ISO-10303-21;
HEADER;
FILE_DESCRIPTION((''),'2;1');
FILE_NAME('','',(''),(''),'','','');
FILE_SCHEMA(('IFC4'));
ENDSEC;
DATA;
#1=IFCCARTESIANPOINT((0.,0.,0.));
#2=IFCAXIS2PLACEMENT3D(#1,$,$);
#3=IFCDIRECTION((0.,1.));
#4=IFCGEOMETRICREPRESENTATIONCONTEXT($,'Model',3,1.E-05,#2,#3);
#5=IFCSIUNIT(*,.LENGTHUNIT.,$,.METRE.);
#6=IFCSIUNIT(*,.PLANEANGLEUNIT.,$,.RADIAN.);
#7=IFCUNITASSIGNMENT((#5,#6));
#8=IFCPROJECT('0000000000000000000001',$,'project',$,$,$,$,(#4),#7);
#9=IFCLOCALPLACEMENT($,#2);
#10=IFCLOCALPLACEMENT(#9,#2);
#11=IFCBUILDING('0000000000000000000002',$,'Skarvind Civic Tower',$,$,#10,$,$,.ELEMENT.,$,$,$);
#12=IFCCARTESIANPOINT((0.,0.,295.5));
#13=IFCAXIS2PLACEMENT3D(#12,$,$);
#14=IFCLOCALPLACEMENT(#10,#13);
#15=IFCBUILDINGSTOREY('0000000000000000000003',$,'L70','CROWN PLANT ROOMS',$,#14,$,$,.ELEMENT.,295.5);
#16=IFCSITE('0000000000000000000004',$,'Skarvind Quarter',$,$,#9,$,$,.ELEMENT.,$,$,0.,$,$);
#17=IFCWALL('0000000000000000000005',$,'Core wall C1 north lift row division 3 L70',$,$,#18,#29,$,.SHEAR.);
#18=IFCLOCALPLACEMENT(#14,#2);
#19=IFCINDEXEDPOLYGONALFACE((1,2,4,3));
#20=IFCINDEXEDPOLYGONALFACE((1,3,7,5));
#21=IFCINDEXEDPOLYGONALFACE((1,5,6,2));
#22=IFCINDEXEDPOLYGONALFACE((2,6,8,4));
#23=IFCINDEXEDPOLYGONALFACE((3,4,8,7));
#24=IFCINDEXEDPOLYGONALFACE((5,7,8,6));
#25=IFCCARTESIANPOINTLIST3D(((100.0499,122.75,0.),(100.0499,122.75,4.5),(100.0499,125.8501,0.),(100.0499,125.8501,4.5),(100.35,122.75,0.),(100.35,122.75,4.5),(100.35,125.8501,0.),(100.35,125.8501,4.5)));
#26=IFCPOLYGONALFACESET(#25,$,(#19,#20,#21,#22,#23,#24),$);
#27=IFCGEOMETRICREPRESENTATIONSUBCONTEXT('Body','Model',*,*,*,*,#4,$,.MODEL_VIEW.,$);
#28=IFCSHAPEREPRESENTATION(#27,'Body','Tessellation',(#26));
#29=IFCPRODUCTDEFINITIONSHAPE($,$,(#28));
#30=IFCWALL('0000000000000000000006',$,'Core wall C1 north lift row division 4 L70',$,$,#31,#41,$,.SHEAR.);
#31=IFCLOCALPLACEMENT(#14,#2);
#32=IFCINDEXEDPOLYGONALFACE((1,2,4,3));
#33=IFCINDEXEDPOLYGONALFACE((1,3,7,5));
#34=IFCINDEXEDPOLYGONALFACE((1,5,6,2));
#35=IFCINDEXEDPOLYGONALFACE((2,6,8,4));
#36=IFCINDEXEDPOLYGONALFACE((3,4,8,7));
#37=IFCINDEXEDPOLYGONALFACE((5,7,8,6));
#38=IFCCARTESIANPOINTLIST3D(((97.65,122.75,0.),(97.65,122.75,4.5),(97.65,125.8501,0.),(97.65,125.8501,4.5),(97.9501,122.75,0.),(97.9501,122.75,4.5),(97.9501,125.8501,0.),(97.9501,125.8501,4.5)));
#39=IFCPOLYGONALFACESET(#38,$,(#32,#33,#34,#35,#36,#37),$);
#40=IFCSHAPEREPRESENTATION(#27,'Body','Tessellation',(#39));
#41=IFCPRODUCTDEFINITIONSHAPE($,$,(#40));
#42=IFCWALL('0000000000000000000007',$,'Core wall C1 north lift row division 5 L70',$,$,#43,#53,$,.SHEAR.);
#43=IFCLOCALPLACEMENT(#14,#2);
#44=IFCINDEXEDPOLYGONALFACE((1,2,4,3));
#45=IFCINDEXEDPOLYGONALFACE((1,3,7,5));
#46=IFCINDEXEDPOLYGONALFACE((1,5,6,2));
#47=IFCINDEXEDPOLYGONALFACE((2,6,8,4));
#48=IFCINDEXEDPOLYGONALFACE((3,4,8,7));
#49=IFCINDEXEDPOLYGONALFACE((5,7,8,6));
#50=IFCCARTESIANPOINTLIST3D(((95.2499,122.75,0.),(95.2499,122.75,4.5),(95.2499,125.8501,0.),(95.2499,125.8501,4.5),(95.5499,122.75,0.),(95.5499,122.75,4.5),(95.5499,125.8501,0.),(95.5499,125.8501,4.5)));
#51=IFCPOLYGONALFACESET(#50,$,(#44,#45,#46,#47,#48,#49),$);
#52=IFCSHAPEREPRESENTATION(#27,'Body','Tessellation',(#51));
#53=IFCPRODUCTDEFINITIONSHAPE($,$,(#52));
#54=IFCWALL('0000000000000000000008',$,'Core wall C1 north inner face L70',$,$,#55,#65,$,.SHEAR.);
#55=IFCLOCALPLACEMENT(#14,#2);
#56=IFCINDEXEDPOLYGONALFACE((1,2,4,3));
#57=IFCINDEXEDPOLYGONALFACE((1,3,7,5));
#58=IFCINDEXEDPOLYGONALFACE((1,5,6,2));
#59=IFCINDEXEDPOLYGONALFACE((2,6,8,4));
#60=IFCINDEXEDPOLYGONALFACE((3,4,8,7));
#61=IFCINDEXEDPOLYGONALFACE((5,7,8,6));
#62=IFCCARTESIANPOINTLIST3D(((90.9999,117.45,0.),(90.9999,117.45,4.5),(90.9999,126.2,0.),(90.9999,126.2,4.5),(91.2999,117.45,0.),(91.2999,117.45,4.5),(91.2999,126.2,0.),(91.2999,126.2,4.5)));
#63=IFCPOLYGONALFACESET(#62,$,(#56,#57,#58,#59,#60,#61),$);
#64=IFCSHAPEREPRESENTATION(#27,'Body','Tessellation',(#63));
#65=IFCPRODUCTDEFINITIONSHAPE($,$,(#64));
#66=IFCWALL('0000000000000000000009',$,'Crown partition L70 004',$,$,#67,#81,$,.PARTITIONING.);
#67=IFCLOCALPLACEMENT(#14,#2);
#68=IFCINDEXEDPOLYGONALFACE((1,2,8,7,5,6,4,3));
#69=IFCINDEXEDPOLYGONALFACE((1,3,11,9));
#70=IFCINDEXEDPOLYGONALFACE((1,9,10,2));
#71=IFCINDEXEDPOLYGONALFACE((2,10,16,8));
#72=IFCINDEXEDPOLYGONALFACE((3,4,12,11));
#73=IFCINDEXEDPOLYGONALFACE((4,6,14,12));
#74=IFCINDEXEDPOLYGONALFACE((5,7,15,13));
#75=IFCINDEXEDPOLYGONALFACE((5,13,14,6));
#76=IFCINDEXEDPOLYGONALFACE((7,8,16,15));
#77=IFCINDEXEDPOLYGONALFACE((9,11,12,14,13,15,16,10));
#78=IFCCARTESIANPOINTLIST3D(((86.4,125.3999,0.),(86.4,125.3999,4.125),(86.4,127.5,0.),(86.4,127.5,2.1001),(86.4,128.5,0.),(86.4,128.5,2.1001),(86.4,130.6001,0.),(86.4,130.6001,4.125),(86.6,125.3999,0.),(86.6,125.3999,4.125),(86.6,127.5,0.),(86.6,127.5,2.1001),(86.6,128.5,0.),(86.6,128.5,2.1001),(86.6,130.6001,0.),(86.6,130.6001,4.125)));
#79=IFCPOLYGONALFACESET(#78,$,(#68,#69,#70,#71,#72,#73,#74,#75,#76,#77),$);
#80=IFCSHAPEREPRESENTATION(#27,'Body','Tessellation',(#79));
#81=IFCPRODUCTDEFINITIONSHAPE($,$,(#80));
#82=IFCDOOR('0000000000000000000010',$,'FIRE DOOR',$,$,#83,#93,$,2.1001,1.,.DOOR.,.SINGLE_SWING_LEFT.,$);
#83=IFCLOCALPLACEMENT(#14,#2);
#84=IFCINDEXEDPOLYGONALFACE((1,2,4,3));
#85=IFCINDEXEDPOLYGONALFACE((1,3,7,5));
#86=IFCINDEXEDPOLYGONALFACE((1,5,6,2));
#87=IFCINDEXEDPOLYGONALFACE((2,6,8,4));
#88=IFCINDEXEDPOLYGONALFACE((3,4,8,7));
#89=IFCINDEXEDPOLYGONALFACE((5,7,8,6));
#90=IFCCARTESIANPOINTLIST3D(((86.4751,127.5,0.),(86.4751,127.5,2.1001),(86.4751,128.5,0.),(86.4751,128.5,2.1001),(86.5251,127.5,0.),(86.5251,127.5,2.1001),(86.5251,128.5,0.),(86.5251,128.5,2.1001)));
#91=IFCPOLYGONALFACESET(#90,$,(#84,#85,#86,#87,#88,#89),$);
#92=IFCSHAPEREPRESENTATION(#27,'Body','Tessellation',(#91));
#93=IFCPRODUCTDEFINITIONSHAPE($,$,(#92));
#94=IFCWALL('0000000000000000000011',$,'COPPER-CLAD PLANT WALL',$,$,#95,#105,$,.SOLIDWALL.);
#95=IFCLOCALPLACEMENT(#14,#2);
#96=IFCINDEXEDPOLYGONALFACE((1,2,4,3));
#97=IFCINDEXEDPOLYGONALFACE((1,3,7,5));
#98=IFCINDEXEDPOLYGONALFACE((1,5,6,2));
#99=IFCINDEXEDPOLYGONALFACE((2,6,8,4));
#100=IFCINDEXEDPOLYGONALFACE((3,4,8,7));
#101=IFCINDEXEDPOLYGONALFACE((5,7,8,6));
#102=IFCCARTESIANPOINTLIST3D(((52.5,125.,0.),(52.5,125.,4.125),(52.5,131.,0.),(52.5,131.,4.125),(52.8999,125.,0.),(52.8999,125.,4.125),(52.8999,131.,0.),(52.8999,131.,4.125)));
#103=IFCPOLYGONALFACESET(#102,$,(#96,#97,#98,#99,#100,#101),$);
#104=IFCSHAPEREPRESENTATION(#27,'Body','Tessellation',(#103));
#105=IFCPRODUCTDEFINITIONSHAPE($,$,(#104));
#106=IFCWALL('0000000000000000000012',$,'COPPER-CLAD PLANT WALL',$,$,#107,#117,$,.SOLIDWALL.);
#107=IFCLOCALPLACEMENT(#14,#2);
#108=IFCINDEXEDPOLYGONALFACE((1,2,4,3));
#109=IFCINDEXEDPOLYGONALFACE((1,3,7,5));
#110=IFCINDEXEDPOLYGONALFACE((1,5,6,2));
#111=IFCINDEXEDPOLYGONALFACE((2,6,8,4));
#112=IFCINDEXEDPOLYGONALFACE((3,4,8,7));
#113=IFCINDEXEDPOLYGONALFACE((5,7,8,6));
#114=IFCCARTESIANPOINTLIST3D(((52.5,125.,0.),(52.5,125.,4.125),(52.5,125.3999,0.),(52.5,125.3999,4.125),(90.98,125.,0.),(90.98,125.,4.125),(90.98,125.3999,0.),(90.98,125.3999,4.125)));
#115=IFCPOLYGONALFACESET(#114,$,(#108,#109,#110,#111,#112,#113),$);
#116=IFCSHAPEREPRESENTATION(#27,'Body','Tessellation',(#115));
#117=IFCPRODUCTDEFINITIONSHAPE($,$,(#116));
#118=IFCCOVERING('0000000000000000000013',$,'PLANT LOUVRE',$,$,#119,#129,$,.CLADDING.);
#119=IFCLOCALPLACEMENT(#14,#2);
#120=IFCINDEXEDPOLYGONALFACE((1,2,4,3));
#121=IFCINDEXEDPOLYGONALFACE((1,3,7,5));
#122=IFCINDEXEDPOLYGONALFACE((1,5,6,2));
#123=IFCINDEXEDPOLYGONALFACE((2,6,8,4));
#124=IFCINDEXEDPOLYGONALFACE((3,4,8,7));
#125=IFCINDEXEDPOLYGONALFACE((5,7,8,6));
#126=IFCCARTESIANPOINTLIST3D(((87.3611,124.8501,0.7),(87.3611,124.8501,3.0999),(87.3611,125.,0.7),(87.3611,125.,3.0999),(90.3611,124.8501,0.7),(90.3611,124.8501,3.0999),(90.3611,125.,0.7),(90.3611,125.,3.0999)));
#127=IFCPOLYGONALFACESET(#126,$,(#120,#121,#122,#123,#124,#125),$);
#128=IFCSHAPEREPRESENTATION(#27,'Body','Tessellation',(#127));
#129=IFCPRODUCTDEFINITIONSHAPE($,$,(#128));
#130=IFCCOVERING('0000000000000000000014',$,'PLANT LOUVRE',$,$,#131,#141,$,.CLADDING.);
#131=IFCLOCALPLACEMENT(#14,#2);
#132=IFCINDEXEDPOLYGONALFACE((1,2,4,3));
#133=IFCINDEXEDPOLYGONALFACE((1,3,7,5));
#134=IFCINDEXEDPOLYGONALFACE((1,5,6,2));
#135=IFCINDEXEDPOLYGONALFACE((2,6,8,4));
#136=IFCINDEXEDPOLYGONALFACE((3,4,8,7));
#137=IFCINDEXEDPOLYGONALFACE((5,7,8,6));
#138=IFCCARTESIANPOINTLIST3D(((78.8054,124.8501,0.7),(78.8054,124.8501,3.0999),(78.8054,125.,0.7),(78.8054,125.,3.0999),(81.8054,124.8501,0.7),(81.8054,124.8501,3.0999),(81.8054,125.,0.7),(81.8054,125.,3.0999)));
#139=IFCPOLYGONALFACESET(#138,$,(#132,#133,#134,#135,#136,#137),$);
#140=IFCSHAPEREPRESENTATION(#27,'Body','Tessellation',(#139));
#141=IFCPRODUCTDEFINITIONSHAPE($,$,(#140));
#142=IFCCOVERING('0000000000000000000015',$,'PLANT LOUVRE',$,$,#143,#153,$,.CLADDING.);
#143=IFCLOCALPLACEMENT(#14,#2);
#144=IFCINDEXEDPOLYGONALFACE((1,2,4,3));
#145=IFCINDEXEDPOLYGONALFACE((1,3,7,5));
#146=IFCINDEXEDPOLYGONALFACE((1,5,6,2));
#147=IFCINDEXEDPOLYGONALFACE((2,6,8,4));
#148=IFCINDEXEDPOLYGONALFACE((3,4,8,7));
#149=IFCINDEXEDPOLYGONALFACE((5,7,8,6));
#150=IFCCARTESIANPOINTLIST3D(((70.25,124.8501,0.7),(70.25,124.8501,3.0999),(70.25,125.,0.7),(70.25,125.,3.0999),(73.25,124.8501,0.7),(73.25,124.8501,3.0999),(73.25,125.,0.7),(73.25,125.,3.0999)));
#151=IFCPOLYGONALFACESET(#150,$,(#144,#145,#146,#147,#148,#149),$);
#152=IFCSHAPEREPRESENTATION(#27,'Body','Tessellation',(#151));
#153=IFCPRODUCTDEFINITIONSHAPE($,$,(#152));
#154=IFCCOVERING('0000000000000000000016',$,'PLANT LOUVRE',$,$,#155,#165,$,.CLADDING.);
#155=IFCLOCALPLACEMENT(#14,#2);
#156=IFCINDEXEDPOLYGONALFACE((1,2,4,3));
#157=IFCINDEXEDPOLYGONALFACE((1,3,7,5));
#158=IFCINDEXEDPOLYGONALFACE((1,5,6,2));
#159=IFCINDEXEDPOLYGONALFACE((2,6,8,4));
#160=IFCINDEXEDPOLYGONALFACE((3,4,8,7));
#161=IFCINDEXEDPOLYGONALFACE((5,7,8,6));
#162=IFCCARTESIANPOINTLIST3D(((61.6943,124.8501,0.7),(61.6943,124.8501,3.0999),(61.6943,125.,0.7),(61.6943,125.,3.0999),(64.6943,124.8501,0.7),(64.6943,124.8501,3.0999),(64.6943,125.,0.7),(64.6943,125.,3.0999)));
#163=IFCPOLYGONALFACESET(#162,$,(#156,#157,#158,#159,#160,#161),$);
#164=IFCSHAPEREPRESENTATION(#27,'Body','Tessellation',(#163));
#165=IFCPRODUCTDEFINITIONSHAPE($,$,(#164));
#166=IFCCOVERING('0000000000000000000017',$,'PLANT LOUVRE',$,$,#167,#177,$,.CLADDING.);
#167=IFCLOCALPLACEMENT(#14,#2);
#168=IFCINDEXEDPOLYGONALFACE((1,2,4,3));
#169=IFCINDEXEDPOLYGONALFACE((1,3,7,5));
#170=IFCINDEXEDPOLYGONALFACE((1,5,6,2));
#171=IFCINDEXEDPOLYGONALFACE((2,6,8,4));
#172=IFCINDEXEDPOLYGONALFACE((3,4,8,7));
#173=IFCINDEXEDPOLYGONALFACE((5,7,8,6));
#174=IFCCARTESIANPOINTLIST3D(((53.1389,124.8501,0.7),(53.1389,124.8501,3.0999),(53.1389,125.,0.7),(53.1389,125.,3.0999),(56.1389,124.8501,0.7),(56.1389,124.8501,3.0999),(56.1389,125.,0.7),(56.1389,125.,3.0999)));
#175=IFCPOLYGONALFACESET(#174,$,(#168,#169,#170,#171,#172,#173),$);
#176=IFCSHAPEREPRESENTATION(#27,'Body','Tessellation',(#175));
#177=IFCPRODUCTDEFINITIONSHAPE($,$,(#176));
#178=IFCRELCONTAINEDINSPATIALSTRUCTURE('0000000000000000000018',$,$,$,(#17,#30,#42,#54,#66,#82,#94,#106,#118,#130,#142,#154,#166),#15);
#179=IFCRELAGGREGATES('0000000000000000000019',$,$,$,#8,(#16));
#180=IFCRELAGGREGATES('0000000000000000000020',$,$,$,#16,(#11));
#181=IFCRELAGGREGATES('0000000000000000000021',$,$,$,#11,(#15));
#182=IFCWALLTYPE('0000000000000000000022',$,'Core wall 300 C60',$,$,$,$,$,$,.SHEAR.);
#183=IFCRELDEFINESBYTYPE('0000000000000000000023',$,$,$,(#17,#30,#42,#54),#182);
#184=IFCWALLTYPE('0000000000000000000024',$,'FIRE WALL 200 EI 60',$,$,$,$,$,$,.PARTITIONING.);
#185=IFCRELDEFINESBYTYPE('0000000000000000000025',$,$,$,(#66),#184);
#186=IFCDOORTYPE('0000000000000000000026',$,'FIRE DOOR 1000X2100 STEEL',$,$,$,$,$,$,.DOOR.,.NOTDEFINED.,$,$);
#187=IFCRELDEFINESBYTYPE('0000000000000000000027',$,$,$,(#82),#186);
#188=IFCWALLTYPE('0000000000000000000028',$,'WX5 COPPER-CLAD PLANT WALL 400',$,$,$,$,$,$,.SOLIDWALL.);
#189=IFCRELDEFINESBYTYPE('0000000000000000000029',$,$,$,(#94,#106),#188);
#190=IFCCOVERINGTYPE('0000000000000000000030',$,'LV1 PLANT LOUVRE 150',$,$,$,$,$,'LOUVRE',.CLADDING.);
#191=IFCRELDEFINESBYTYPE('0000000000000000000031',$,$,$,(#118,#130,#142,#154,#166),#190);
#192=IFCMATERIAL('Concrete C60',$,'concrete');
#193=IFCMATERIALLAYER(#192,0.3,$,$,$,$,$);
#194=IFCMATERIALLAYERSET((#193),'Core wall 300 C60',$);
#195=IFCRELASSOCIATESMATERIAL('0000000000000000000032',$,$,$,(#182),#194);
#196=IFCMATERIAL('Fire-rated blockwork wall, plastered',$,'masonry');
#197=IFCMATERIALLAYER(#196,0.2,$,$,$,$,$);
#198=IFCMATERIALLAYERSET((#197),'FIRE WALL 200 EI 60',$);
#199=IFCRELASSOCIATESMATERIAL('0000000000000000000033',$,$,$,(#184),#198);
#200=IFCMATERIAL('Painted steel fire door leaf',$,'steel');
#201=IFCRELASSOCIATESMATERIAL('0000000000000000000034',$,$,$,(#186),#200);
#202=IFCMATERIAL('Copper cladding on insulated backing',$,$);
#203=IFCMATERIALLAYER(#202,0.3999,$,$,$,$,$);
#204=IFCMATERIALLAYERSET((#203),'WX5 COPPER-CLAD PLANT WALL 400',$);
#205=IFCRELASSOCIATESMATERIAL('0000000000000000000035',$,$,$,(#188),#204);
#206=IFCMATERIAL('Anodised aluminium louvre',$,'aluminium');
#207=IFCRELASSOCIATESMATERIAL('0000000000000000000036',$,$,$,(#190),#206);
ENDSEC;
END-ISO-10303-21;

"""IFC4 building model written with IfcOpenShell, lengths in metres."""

from ifc_helpers import new_model, si_unit, direction, frame, frame_2d, origin, origin_2d, place, context, subcontext, project, spatial, rectangle, extrude, material, layer, layer_set, material_profile, profile_set, type_object, element, fill, save


model = new_model("IFC4")

# Units and contexts
model_context = context("Model", 3, precision=1e-05, world=origin(), true_north=direction((0.0, 1.0)))
body_context = subcontext(model_context, "Body", "Model", "MODEL_VIEW")
ifc_project = project(units=[si_unit("LENGTHUNIT", "METRE"), si_unit("PLANEANGLEUNIT", "RADIAN")], contexts=[model_context])

# Site, building, storey
site_placement = place(None, origin())
site = spatial("IfcSite", under=ifc_project, at=site_placement, Name="Skarvind Quarter", CompositionType="ELEMENT", RefElevation=0.0)
building_placement = place(site_placement, origin())
building = spatial("IfcBuilding", under=site, at=building_placement, Name="Skarvind Civic Tower", CompositionType="ELEMENT")
storey_placement = place(building_placement, frame((0.0, 0.0, 295.5)))
storey = spatial("IfcBuildingStorey", under=building, at=storey_placement, Name="L70", Description="CROWN PLANT ROOMS", CompositionType="ELEMENT", Elevation=295.5)

# Shared definitions
ifc_material_1 = material(Name="Concrete C60", Category="concrete")

# Shared definitions
ifc_layer_1 = layer(ifc_material_1, 0.3)
ifc_layer_set_1 = layer_set([ifc_layer_1], Name="Core wall 300 C60")
wall_type_1 = type_object("IfcWallType", Name="Core wall 300 C60", PredefinedType="SHEAR", material=ifc_layer_set_1)

# Walls
for number, where, z_axis, x_axis, name in (
    (1, (100.2, 125.8501, 0.0), (0.0, 0.0, 1.0), (0.0, -1.0, 0.0), "Core wall C1 north lift row division 3 L70"),
    (2, (97.8, 125.8501, 0.0), (0.0, 0.0, 1.0), (0.0, -1.0, 0.0), "Core wall C1 north lift row division 4 L70"),
    (3, (95.3999, 125.8501, 0.0), (0.0, 0.0, 1.0), (0.0, -1.0, 0.0), "Core wall C1 north lift row division 5 L70"),
):
    element("IfcWall", number, at=place(storey_placement, frame(where, z_axis=z_axis, x_axis=x_axis)), inside=storey, type_object=wall_type_1, Name=name, PredefinedType="SHEAR", context=body_context, shape_type="SweptSolid", body=[
        extrude(rectangle(XDim=3.1001, YDim=0.3, at=frame_2d((1.55, 0.0))), origin(), (0.0, 0.0, 1.0), 4.5),
    ])
wall_1_placement = place(storey_placement, frame((91.1499, 126.2, 0.0), z_axis=(0.0, 0.0, 1.0), x_axis=(0.0, -1.0, 0.0)))
element("IfcWall", 4, at=wall_1_placement, inside=storey, type_object=wall_type_1, Name="Core wall C1 north inner face L70", PredefinedType="SHEAR", context=body_context, shape_type="SweptSolid", body=[
    extrude(rectangle(XDim=8.75, YDim=0.3, at=frame_2d((4.375, 0.0))), origin(), (0.0, 0.0, 1.0), 4.5),
])

# Wall, opening, door
ifc_material_2 = material(Name="Fire-rated blockwork wall, plastered", Category="masonry")
ifc_layer_2 = layer(ifc_material_2, 0.2)
ifc_layer_set_2 = layer_set([ifc_layer_2], Name="FIRE WALL 200 EI 60")
wall_type_2 = type_object("IfcWallType", Name="FIRE WALL 200 EI 60", PredefinedType="PARTITIONING", material=ifc_layer_set_2)
wall_2_placement = place(storey_placement, frame((86.5, 125.3999, 0.0), z_axis=(0.0, 0.0, 1.0), x_axis=(0.0, 1.0, 0.0)))
wall_2 = element("IfcWall", 5, at=wall_2_placement, inside=storey, type_object=wall_type_2, Name="Crown partition L70 004", PredefinedType="PARTITIONING", context=body_context, shape_type="SweptSolid", body=[
    extrude(rectangle(XDim=5.2002, YDim=0.2, at=frame_2d((2.6001, 0.0))), origin(), (0.0, 0.0, 1.0), 4.125),
])
opening_1_placement = place(wall_2_placement, frame((2.1001, 0.0, 0.0)))
opening_1 = element("IfcOpeningElement", 6, at=opening_1_placement, cuts=wall_2, PredefinedType="OPENING", context=body_context, shape_type="SweptSolid", body=[
    extrude(rectangle(XDim=1.0, YDim=2.1001, at=frame_2d((0.5, 1.05))), frame((0.0, 0.1099, 0.0), z_axis=(0.0, -1.0, 0.0), x_axis=(1.0, 0.0, 0.0)), (0.0, 0.0, 1.0), 0.22),
])
ifc_material_3 = material(Name="Painted steel fire door leaf", Category="steel")
door_type_1 = type_object("IfcDoorType", Name="FIRE DOOR 1000X2100 STEEL", OperationType="NOTDEFINED", PredefinedType="DOOR", material=ifc_material_3)
door_1_placement = place(opening_1_placement, origin())
door_1 = element("IfcDoor", 7, at=door_1_placement, inside=storey, type_object=door_type_1, Name="FIRE DOOR", OperationType="SINGLE_SWING_LEFT", OverallHeight=2.1001, OverallWidth=1.0, PredefinedType="DOOR", context=body_context, shape_type="SweptSolid", body=[
    extrude(rectangle(XDim=1.0, YDim=2.1001, at=frame_2d((0.5, 1.05))), frame((0.0, 0.0249, 0.0), z_axis=(0.0, -1.0, 0.0), x_axis=(1.0, 0.0, 0.0)), (0.0, 0.0, 1.0), 0.05),
])
fill(opening_1, door_1)

# Walls
ifc_material_4 = material(Name="Copper cladding on insulated backing")
ifc_layer_3 = layer(ifc_material_4, 0.3999)
ifc_layer_set_3 = layer_set([ifc_layer_3], Name="WX5 COPPER-CLAD PLANT WALL 400")
wall_type_3 = type_object("IfcWallType", Name="WX5 COPPER-CLAD PLANT WALL 400", PredefinedType="SOLIDWALL", material=ifc_layer_set_3)
wall_3_placement = place(storey_placement, frame((52.7, 125.0, 0.0), z_axis=(0.0, 0.0, 1.0), x_axis=(0.0, 1.0, 0.0)))
element("IfcWall", 8, at=wall_3_placement, inside=storey, type_object=wall_type_3, Name="COPPER-CLAD PLANT WALL", PredefinedType="SOLIDWALL", context=body_context, shape_type="SweptSolid", body=[
    extrude(rectangle(XDim=6.0, YDim=0.3999, at=frame_2d((3.0, 0.0))), origin(), (0.0, 0.0, 1.0), 4.125),
])
wall_4_placement = place(storey_placement, frame((90.98, 125.2, 0.0), z_axis=(0.0, 0.0, 1.0), x_axis=(-1.0, 0.0, 0.0)))
element("IfcWall", 9, at=wall_4_placement, inside=storey, type_object=wall_type_3, Name="COPPER-CLAD PLANT WALL", PredefinedType="SOLIDWALL", context=body_context, shape_type="SweptSolid", body=[
    extrude(rectangle(XDim=38.48, YDim=0.3999, at=frame_2d((19.24, 0.0))), origin(), (0.0, 0.0, 1.0), 4.125),
])

# Coverings
ifc_material_5 = material(Name="Anodised aluminium louvre", Category="aluminium")
ifc_material_profile_1 = material_profile(ifc_material_5, rectangle(XDim=3.0, YDim=2.3999, at=origin_2d()), Name="LOUVRE 3000 x 2400")
ifc_profile_set_1 = profile_set([ifc_material_profile_1], Name="Anodised aluminium louvre")
covering_type = type_object("IfcCoveringType", Name="LV1 PLANT LOUVRE 150", ElementType="LOUVRE", PredefinedType="CLADDING", material=ifc_profile_set_1)
for number, where, z_axis, x_axis, name in (
    (10, (88.8611, 125.0, 1.8999), (0.0, -1.0, 0.0), (1.0, 0.0, 0.0), "PLANT LOUVRE"),
    (11, (80.3054, 125.0, 1.8999), (0.0, -1.0, 0.0), (1.0, 0.0, 0.0), "PLANT LOUVRE"),
    (12, (71.75, 125.0, 1.8999), (0.0, -1.0, 0.0), (1.0, 0.0, 0.0), "PLANT LOUVRE"),
    (13, (63.1943, 125.0, 1.8999), (0.0, -1.0, 0.0), (1.0, 0.0, 0.0), "PLANT LOUVRE"),
    (14, (54.6389, 125.0, 1.8999), (0.0, -1.0, 0.0), (1.0, 0.0, 0.0), "PLANT LOUVRE"),
):
    element("IfcCovering", number, at=place(storey_placement, frame(where, z_axis=z_axis, x_axis=x_axis)), inside=storey, type_object=covering_type, Name=name, PredefinedType="CLADDING", context=body_context, shape_type="SweptSolid", body=[
        extrude(rectangle(XDim=3.0, YDim=2.3999, at=origin_2d()), origin(), (0.0, 0.0, 1.0), 0.1499),
    ])

save(model, "model.ifc")
